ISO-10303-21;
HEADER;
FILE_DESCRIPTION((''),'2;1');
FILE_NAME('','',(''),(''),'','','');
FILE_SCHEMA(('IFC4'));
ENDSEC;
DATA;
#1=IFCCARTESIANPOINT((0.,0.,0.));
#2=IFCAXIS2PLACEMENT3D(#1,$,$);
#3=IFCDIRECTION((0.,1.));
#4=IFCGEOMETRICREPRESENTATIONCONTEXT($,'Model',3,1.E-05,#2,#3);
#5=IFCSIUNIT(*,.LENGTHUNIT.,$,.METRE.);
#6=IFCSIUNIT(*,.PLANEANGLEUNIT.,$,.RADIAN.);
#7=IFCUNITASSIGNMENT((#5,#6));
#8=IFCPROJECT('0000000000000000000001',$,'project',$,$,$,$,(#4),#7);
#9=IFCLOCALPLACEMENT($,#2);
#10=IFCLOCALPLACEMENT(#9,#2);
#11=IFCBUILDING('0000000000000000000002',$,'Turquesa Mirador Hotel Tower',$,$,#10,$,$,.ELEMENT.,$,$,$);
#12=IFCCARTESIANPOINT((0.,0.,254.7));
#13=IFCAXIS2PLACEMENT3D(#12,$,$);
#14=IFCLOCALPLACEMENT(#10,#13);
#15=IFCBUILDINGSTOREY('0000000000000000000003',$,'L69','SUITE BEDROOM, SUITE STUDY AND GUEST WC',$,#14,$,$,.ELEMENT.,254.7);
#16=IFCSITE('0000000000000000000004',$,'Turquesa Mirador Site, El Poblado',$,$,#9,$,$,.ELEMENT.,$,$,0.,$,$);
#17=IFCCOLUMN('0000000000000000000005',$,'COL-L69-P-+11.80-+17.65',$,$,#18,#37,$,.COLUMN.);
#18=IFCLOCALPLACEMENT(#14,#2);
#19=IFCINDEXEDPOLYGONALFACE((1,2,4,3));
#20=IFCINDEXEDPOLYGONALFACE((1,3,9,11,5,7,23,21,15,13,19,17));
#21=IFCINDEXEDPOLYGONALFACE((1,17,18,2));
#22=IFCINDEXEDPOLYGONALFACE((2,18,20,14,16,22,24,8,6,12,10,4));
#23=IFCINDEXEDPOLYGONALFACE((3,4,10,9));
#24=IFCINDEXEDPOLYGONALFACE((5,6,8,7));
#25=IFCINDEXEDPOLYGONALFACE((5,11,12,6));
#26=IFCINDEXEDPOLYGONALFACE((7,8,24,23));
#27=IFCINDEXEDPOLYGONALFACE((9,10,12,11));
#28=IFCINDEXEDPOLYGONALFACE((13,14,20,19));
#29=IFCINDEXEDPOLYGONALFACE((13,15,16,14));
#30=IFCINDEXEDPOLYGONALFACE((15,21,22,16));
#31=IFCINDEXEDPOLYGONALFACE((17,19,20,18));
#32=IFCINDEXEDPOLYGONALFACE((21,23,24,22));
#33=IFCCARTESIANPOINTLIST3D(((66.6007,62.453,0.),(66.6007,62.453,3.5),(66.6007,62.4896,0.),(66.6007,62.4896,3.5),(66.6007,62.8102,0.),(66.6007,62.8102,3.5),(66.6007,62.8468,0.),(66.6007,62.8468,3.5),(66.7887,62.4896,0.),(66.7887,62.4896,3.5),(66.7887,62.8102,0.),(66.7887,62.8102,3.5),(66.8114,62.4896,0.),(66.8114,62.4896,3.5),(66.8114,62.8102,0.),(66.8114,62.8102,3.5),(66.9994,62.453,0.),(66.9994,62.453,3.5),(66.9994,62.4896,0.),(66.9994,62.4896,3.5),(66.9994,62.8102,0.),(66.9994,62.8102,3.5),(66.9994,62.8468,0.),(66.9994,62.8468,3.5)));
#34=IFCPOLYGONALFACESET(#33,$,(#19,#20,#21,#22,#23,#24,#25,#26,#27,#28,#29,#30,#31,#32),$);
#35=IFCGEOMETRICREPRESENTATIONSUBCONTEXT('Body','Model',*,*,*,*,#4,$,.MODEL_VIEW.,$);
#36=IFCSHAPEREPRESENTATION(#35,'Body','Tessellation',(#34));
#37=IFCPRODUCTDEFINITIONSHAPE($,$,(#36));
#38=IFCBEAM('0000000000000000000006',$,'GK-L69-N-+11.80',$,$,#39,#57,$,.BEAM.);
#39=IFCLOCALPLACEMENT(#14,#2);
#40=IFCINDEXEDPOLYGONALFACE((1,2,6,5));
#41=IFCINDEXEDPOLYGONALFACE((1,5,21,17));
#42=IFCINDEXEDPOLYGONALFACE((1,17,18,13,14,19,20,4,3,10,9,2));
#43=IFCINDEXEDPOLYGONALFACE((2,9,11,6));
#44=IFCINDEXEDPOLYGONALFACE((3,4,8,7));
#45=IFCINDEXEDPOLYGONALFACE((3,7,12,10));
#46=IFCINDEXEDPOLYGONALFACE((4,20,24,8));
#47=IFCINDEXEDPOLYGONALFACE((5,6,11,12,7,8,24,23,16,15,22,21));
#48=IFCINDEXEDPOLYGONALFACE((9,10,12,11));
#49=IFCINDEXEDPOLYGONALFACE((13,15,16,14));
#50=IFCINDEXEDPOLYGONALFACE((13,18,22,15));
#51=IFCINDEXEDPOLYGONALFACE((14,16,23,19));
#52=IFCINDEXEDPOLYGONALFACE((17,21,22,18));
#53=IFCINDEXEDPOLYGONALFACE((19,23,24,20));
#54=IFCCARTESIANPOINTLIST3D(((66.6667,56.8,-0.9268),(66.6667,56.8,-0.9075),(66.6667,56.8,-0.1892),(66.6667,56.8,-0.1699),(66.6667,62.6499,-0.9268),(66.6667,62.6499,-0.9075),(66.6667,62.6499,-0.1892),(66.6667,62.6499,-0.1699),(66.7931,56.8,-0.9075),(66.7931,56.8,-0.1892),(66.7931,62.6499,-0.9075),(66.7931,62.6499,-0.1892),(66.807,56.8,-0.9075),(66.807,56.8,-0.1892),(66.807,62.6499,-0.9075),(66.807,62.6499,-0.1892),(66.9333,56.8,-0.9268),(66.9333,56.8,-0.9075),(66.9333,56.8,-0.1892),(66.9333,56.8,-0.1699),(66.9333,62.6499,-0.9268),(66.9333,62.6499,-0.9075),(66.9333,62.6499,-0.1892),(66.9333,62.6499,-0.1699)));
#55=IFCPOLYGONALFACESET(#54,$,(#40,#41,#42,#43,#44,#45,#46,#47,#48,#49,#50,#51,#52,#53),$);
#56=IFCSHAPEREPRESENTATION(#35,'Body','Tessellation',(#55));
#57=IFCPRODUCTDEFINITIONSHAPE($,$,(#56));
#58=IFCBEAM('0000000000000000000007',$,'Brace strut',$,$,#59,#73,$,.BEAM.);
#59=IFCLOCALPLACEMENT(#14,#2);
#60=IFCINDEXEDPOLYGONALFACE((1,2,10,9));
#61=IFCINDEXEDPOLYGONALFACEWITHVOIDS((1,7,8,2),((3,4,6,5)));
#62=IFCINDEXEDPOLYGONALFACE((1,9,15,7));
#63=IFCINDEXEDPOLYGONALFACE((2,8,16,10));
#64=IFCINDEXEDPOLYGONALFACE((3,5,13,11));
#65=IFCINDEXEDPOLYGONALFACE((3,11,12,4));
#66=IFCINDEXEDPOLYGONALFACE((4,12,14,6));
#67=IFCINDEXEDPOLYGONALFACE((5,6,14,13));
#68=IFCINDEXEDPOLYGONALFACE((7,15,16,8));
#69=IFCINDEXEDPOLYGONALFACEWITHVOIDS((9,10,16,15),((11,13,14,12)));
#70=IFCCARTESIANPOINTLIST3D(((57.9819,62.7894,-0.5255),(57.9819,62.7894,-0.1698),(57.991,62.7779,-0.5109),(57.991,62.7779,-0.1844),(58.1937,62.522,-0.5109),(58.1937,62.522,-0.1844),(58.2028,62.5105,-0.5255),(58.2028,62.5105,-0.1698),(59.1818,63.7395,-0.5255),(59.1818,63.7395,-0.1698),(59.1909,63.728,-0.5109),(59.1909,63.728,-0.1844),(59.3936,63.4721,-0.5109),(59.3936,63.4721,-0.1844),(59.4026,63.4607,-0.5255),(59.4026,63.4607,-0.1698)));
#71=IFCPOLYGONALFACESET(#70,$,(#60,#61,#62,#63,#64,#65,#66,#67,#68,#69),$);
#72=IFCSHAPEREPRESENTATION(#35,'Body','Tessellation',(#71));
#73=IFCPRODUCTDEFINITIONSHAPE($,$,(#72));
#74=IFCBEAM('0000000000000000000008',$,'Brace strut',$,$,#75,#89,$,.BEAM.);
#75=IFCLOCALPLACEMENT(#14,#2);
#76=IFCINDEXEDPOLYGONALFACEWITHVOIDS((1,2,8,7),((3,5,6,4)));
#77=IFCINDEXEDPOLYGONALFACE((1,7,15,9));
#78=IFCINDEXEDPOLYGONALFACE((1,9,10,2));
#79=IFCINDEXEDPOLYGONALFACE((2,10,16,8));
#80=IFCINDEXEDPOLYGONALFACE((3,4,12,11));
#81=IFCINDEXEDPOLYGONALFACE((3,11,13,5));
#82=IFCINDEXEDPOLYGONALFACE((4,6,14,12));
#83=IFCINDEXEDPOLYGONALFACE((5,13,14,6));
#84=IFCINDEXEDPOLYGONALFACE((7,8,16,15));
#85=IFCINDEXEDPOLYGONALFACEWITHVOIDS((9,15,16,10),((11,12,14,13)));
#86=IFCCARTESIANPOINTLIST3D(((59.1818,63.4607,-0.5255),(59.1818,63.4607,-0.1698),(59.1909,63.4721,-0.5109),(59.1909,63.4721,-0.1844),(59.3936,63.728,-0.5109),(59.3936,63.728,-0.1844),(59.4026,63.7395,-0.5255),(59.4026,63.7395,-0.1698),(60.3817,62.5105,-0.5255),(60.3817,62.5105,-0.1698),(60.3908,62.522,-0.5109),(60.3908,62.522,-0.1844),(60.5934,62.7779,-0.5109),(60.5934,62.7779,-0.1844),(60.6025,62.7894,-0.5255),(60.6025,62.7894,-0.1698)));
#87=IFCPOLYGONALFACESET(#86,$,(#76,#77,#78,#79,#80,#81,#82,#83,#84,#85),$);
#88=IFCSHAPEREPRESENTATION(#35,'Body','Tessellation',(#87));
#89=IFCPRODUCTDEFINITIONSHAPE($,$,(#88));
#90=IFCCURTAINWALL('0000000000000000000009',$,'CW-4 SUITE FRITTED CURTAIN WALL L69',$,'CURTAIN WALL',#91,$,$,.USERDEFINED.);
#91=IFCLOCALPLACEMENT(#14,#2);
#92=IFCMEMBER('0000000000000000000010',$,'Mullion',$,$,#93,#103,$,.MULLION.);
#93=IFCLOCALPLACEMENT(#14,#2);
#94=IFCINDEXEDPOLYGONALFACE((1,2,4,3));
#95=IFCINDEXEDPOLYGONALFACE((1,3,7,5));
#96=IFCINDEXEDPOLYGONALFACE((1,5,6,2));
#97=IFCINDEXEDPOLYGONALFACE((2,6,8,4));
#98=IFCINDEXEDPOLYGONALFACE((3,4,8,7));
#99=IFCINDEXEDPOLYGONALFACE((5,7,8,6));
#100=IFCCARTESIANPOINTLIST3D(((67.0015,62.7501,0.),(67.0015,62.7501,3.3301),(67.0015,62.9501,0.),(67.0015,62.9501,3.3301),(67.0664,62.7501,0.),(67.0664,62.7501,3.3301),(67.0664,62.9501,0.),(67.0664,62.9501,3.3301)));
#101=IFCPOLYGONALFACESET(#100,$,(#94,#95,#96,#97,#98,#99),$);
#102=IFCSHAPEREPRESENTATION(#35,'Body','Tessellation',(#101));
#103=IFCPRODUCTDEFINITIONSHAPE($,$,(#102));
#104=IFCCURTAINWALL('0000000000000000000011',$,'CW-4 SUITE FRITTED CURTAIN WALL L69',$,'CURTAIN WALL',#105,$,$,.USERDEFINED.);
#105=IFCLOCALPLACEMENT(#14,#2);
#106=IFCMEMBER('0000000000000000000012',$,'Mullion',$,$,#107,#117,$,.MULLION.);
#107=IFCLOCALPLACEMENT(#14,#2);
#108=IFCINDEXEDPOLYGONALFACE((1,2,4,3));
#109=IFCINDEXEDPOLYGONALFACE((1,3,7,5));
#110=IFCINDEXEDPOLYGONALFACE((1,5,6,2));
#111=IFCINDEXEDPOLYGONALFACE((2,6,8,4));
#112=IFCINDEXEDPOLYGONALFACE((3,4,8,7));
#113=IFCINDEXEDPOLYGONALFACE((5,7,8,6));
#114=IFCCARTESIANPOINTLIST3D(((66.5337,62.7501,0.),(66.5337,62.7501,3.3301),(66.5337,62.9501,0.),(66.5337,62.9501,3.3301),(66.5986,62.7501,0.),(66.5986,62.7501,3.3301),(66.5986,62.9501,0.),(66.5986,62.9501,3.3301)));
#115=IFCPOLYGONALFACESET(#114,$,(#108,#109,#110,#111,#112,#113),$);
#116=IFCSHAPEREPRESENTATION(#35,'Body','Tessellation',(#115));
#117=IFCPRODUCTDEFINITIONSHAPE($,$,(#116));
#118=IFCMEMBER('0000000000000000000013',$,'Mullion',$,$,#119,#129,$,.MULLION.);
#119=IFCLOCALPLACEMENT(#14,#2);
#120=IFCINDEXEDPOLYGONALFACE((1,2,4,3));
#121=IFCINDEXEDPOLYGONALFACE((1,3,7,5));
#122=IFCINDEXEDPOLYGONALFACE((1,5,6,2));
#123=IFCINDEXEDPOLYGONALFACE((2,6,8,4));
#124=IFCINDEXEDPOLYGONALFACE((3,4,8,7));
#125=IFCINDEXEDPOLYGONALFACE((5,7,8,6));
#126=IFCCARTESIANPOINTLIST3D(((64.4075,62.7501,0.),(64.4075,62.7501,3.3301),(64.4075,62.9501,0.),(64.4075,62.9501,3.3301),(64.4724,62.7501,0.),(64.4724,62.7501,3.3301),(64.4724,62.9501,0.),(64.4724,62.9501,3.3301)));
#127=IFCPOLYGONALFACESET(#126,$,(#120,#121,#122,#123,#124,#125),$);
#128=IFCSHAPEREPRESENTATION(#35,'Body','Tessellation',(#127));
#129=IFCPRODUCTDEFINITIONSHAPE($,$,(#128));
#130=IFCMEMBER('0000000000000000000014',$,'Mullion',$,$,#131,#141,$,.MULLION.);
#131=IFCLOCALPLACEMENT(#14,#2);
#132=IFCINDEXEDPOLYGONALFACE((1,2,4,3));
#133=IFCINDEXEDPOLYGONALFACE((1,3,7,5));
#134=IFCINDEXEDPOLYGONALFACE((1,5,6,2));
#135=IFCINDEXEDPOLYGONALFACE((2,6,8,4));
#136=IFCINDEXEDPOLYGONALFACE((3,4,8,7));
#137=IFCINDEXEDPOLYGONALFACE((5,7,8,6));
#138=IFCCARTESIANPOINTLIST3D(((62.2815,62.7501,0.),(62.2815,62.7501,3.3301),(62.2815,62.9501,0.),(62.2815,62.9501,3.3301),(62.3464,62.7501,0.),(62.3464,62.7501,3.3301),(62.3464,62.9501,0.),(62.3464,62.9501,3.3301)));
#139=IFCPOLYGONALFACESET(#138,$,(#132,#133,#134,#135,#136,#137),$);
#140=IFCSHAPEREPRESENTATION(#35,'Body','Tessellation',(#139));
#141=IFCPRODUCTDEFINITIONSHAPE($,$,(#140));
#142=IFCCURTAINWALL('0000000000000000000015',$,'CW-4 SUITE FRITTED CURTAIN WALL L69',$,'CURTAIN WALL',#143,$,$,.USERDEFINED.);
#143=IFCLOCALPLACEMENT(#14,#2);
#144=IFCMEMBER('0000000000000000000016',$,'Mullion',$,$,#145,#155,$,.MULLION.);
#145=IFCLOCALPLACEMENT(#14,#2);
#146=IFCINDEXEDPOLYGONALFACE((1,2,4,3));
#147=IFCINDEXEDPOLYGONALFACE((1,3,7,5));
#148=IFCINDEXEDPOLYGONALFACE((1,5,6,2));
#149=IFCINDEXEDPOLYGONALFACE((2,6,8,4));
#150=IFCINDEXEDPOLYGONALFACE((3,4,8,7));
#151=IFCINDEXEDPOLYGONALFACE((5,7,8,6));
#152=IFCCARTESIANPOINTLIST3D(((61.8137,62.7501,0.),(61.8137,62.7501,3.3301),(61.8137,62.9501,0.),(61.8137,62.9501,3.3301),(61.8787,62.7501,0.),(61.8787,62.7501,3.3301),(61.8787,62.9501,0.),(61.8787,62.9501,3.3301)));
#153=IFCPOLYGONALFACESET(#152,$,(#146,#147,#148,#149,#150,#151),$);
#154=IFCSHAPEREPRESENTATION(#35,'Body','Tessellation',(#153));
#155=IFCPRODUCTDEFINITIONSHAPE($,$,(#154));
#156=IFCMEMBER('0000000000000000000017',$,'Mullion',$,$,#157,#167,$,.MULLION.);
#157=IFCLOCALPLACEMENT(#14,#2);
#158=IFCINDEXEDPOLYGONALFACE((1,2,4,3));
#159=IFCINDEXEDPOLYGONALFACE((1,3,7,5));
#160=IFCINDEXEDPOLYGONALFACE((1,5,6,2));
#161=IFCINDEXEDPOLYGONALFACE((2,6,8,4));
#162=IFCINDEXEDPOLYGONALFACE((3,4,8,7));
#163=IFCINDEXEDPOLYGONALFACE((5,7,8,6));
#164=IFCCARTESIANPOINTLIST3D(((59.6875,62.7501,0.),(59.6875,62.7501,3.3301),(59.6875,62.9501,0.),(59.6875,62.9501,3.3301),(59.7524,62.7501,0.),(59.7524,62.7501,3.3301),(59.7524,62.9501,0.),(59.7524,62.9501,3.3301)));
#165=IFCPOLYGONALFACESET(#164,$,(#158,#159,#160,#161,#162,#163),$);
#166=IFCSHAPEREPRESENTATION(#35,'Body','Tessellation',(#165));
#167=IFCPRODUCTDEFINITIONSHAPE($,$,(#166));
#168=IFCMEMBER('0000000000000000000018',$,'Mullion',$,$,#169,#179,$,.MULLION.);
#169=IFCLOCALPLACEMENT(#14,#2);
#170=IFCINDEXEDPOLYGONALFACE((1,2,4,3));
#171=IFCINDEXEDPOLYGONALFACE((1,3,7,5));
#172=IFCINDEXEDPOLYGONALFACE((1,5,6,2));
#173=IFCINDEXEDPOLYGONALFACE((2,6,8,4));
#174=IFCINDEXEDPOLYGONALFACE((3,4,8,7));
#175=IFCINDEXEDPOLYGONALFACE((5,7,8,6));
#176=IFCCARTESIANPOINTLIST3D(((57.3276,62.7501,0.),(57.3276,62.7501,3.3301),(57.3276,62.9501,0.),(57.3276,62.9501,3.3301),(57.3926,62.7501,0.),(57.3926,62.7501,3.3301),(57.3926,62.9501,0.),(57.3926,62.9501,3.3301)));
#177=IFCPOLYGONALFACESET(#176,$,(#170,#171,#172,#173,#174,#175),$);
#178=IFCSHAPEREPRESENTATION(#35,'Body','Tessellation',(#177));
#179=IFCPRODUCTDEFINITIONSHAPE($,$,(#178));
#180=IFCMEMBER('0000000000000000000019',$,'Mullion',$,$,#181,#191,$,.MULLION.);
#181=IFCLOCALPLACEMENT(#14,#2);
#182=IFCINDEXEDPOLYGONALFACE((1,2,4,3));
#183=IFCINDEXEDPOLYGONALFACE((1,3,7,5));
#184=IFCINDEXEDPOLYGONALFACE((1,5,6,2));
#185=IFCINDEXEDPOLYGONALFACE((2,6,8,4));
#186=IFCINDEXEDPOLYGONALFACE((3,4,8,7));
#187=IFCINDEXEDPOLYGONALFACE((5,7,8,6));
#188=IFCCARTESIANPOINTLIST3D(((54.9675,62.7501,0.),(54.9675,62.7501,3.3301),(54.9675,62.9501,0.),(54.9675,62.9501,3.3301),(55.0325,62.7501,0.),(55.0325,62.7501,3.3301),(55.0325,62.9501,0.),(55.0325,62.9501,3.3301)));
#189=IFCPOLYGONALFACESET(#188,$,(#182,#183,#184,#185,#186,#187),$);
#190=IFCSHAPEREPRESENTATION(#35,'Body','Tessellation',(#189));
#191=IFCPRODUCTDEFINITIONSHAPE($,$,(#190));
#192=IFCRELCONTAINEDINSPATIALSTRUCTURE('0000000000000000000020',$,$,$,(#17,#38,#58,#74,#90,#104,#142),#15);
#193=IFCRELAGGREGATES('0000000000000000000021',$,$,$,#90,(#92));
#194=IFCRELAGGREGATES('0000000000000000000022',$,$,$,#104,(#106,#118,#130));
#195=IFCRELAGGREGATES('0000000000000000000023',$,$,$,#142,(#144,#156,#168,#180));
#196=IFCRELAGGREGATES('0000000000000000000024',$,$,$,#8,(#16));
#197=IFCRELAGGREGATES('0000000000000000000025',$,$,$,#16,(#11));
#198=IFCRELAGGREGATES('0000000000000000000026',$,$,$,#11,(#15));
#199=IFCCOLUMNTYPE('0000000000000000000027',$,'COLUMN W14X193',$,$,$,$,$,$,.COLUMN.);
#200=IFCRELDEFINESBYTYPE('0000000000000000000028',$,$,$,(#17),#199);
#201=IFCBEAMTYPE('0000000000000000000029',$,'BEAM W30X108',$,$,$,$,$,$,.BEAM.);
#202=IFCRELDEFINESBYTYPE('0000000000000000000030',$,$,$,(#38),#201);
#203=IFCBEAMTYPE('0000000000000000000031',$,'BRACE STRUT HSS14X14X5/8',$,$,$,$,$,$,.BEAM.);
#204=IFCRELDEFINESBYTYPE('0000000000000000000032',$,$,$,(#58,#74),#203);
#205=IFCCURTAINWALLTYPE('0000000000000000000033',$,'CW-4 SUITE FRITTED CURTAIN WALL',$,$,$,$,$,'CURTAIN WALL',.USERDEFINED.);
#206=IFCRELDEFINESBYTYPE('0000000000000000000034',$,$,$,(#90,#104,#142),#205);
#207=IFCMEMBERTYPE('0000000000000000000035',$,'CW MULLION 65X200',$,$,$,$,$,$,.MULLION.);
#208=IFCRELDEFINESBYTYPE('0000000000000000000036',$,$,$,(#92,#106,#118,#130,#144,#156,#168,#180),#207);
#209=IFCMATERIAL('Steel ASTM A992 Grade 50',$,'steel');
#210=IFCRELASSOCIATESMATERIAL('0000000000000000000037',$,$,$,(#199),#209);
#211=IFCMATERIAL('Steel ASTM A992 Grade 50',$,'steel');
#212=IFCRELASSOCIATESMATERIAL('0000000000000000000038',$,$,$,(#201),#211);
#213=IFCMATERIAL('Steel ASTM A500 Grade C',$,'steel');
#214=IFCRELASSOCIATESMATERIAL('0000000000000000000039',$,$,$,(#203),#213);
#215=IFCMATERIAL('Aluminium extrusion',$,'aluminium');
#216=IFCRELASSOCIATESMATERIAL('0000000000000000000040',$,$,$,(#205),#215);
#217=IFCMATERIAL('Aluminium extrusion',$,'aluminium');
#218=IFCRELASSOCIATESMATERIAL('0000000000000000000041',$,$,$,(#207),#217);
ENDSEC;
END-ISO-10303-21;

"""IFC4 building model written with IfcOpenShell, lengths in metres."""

from ifc_helpers import new_model, si_unit, direction, frame, origin, origin_2d, place, context, subcontext, project, spatial, rectangle, hollow_rectangle, i_section, extrude, material, material_profile, profile_set, type_object, element, aggregate, save


model = new_model("IFC4")

# Units and contexts
model_context = context("Model", 3, precision=1e-05, world=origin(), true_north=direction((0.0, 1.0)))
body_context = subcontext(model_context, "Body", "Model", "MODEL_VIEW")
ifc_project = project(units=[si_unit("LENGTHUNIT", "METRE"), si_unit("PLANEANGLEUNIT", "RADIAN")], contexts=[model_context])

# Site, building, storey
site_placement = place(None, origin())
site = spatial("IfcSite", under=ifc_project, at=site_placement, Name="Turquesa Mirador Site, El Poblado", CompositionType="ELEMENT", RefElevation=0.0)
building_placement = place(site_placement, origin())
building = spatial("IfcBuilding", under=site, at=building_placement, Name="Turquesa Mirador Hotel Tower", CompositionType="ELEMENT")
storey_placement = place(building_placement, frame((0.0, 0.0, 254.7)))
storey = spatial("IfcBuildingStorey", under=building, at=storey_placement, Name="L69", Description="SUITE BEDROOM, SUITE STUDY AND GUEST WC", CompositionType="ELEMENT", Elevation=254.7)

# Column
ifc_material_1 = material(Name="Steel ASTM A992 Grade 50", Category="steel")
ifc_material_profile_1 = material_profile(ifc_material_1, i_section(OverallWidth=0.3987, OverallDepth=0.3938, WebThickness=0.0227, FlangeThickness=0.0366, at=origin_2d()), Name="W14X193")
ifc_profile_set_1 = profile_set([ifc_material_profile_1], Name="Steel ASTM A992 Grade 50")
column_type = type_object("IfcColumnType", Name="COLUMN W14X193", PredefinedType="COLUMN", material=ifc_profile_set_1)
column_placement = place(storey_placement, frame((66.8, 62.6499, 0.0), z_axis=(0.0, 0.0, 1.0), x_axis=(1.0, 0.0, 0.0)))
element("IfcColumn", 1, at=column_placement, inside=storey, type_object=column_type, Name="COL-L69-P-+11.80-+17.65", PredefinedType="COLUMN", context=body_context, shape_type="SweptSolid", body=[
    extrude(i_section(OverallWidth=0.3987, OverallDepth=0.3938, WebThickness=0.0227, FlangeThickness=0.0366, at=origin_2d()), origin(), (0.0, 0.0, 1.0), 3.5),
])

# Beams
ifc_material_2 = material(Name="Steel ASTM A992 Grade 50", Category="steel")
ifc_material_profile_2 = material_profile(ifc_material_2, i_section(OverallWidth=0.2666, OverallDepth=0.7568, WebThickness=0.0139, FlangeThickness=0.0193, at=origin_2d()), Name="W30X108")
ifc_profile_set_2 = profile_set([ifc_material_profile_2], Name="Steel ASTM A992 Grade 50")
beam_type_1 = type_object("IfcBeamType", Name="BEAM W30X108", PredefinedType="BEAM", material=ifc_profile_set_2)
beam_placement = place(storey_placement, frame((66.8, 62.6499, -0.5483), z_axis=(0.0, -1.0, 0.0), x_axis=(1.0, 0.0, 0.0)))
element("IfcBeam", 2, at=beam_placement, inside=storey, type_object=beam_type_1, Name="GK-L69-N-+11.80", PredefinedType="BEAM", context=body_context, shape_type="SweptSolid", body=[
    extrude(i_section(OverallWidth=0.2666, OverallDepth=0.7568, WebThickness=0.0139, FlangeThickness=0.0193, at=origin_2d()), origin(), (0.0, 0.0, 1.0), 5.8499),
])
ifc_material_3 = material(Name="Steel ASTM A500 Grade C", Category="steel")
ifc_material_profile_3 = material_profile(ifc_material_3, hollow_rectangle(XDim=0.3557, YDim=0.3557, WallThickness=0.0146, at=origin_2d()), Name="HSS14X14X5/8")
ifc_profile_set_3 = profile_set([ifc_material_profile_3], Name="Steel ASTM A500 Grade C")
beam_type_2 = type_object("IfcBeamType", Name="BRACE STRUT HSS14X14X5/8", PredefinedType="BEAM", material=ifc_profile_set_3)
for number, where, z_axis, x_axis, name in (
    (3, (59.2922, 63.6001, -0.3477), (-0.783971, -0.620797, 0.0), (0.620797, -0.783971, 0.0), "Brace strut"),
    (4, (59.2922, 63.6001, -0.3477), (0.783971, -0.620797, 0.0), (0.620797, 0.783971, 0.0), "Brace strut"),
):
    element("IfcBeam", number, at=place(storey_placement, frame(where, z_axis=z_axis, x_axis=x_axis)), inside=storey, type_object=beam_type_2, Name=name, PredefinedType="BEAM", context=body_context, shape_type="SweptSolid", body=[
        extrude(hollow_rectangle(XDim=0.3557, YDim=0.3557, WallThickness=0.0146, at=origin_2d()), origin(), (0.0, 0.0, 1.0), 1.5305),
    ])

# Curtain wall, member
ifc_material_4 = material(Name="Aluminium extrusion", Category="aluminium")
curtain_wall_type = type_object("IfcCurtainWallType", Name="CW-4 SUITE FRITTED CURTAIN WALL", ElementType="CURTAIN WALL", PredefinedType="USERDEFINED", material=ifc_material_4)
curtain_wall_1_placement = place(storey_placement, origin())
curtain_wall_1 = element("IfcCurtainWall", 5, at=curtain_wall_1_placement, inside=storey, type_object=curtain_wall_type, Name="CW-4 SUITE FRITTED CURTAIN WALL L69", ObjectType="CURTAIN WALL", PredefinedType="USERDEFINED")
ifc_material_5 = material(Name="Aluminium extrusion", Category="aluminium")
ifc_material_profile_4 = material_profile(ifc_material_5, rectangle(XDim=0.0649, YDim=0.2, at=origin_2d()), Name="MULLION 65X200")
ifc_profile_set_4 = profile_set([ifc_material_profile_4], Name="Aluminium extrusion")
member_type_1 = type_object("IfcMemberType", Name="CW MULLION 65X200", PredefinedType="MULLION", material=ifc_profile_set_4)
member_1_placement = place(storey_placement, frame((67.0339, 62.8501, 0.0), z_axis=(0.0, 0.0, 1.0), x_axis=(-1.0, 0.0, 0.0)))
member_1 = element("IfcMember", 6, at=member_1_placement, type_object=member_type_1, Name="Mullion", PredefinedType="MULLION", context=body_context, shape_type="SweptSolid", body=[
    extrude(rectangle(XDim=0.0649, YDim=0.2, at=origin_2d()), origin(), (0.0, 0.0, 1.0), 3.3301),
])

# Curtain walls, members
curtain_wall_2_placement = place(storey_placement, origin())
curtain_wall_2 = element("IfcCurtainWall", 7, at=curtain_wall_2_placement, inside=storey, type_object=curtain_wall_type, Name="CW-4 SUITE FRITTED CURTAIN WALL L69", ObjectType="CURTAIN WALL", PredefinedType="USERDEFINED")
member_2_placement = place(storey_placement, frame((66.5662, 62.8501, 0.0), z_axis=(0.0, 0.0, 1.0), x_axis=(-1.0, 0.0, 0.0)))
member_2 = element("IfcMember", 8, at=member_2_placement, type_object=member_type_1, Name="Mullion", PredefinedType="MULLION", context=body_context, shape_type="SweptSolid", body=[
    extrude(rectangle(XDim=0.0649, YDim=0.2, at=origin_2d()), origin(), (0.0, 0.0, 1.0), 3.3301),
])
member_3_placement = place(storey_placement, frame((64.4399, 62.8501, 0.0), z_axis=(0.0, 0.0, 1.0), x_axis=(-1.0, 0.0, 0.0)))
member_3 = element("IfcMember", 9, at=member_3_placement, type_object=member_type_1, Name="Mullion", PredefinedType="MULLION", context=body_context, shape_type="SweptSolid", body=[
    extrude(rectangle(XDim=0.0649, YDim=0.2, at=origin_2d()), origin(), (0.0, 0.0, 1.0), 3.3301),
])
member_4_placement = place(storey_placement, frame((62.314, 62.8501, 0.0), z_axis=(0.0, 0.0, 1.0), x_axis=(-1.0, 0.0, 0.0)))
member_4 = element("IfcMember", 10, at=member_4_placement, type_object=member_type_1, Name="Mullion", PredefinedType="MULLION", context=body_context, shape_type="SweptSolid", body=[
    extrude(rectangle(XDim=0.0649, YDim=0.2, at=origin_2d()), origin(), (0.0, 0.0, 1.0), 3.3301),
])
curtain_wall_3_placement = place(storey_placement, origin())
curtain_wall_3 = element("IfcCurtainWall", 11, at=curtain_wall_3_placement, inside=storey, type_object=curtain_wall_type, Name="CW-4 SUITE FRITTED CURTAIN WALL L69", ObjectType="CURTAIN WALL", PredefinedType="USERDEFINED")
member_5_placement = place(storey_placement, frame((61.8462, 62.8501, 0.0), z_axis=(0.0, 0.0, 1.0), x_axis=(-1.0, 0.0, 0.0)))
member_5 = element("IfcMember", 12, at=member_5_placement, type_object=member_type_1, Name="Mullion", PredefinedType="MULLION", context=body_context, shape_type="SweptSolid", body=[
    extrude(rectangle(XDim=0.0649, YDim=0.2, at=origin_2d()), origin(), (0.0, 0.0, 1.0), 3.3301),
])
member_6_placement = place(storey_placement, frame((59.72, 62.8501, 0.0), z_axis=(0.0, 0.0, 1.0), x_axis=(-1.0, 0.0, 0.0)))
member_6 = element("IfcMember", 13, at=member_6_placement, type_object=member_type_1, Name="Mullion", PredefinedType="MULLION", context=body_context, shape_type="SweptSolid", body=[
    extrude(rectangle(XDim=0.0649, YDim=0.2, at=origin_2d()), origin(), (0.0, 0.0, 1.0), 3.3301),
])
member_7_placement = place(storey_placement, frame((57.3601, 62.8501, 0.0), z_axis=(0.0, 0.0, 1.0), x_axis=(-1.0, 0.0, 0.0)))
member_7 = element("IfcMember", 14, at=member_7_placement, type_object=member_type_1, Name="Mullion", PredefinedType="MULLION", context=body_context, shape_type="SweptSolid", body=[
    extrude(rectangle(XDim=0.0649, YDim=0.2, at=origin_2d()), origin(), (0.0, 0.0, 1.0), 3.3301),
])
member_8_placement = place(storey_placement, frame((55.0, 62.8501, 0.0), z_axis=(0.0, 0.0, 1.0), x_axis=(-1.0, 0.0, 0.0)))
member_8 = element("IfcMember", 15, at=member_8_placement, type_object=member_type_1, Name="Mullion", PredefinedType="MULLION", context=body_context, shape_type="SweptSolid", body=[
    extrude(rectangle(XDim=0.0649, YDim=0.2, at=origin_2d()), origin(), (0.0, 0.0, 1.0), 3.3301),
])

aggregate(curtain_wall_1, [member_1])
aggregate(curtain_wall_2, [member_2, member_3, member_4])
aggregate(curtain_wall_3, [member_5, member_6, member_7, member_8])

save(model, "model.ifc")
